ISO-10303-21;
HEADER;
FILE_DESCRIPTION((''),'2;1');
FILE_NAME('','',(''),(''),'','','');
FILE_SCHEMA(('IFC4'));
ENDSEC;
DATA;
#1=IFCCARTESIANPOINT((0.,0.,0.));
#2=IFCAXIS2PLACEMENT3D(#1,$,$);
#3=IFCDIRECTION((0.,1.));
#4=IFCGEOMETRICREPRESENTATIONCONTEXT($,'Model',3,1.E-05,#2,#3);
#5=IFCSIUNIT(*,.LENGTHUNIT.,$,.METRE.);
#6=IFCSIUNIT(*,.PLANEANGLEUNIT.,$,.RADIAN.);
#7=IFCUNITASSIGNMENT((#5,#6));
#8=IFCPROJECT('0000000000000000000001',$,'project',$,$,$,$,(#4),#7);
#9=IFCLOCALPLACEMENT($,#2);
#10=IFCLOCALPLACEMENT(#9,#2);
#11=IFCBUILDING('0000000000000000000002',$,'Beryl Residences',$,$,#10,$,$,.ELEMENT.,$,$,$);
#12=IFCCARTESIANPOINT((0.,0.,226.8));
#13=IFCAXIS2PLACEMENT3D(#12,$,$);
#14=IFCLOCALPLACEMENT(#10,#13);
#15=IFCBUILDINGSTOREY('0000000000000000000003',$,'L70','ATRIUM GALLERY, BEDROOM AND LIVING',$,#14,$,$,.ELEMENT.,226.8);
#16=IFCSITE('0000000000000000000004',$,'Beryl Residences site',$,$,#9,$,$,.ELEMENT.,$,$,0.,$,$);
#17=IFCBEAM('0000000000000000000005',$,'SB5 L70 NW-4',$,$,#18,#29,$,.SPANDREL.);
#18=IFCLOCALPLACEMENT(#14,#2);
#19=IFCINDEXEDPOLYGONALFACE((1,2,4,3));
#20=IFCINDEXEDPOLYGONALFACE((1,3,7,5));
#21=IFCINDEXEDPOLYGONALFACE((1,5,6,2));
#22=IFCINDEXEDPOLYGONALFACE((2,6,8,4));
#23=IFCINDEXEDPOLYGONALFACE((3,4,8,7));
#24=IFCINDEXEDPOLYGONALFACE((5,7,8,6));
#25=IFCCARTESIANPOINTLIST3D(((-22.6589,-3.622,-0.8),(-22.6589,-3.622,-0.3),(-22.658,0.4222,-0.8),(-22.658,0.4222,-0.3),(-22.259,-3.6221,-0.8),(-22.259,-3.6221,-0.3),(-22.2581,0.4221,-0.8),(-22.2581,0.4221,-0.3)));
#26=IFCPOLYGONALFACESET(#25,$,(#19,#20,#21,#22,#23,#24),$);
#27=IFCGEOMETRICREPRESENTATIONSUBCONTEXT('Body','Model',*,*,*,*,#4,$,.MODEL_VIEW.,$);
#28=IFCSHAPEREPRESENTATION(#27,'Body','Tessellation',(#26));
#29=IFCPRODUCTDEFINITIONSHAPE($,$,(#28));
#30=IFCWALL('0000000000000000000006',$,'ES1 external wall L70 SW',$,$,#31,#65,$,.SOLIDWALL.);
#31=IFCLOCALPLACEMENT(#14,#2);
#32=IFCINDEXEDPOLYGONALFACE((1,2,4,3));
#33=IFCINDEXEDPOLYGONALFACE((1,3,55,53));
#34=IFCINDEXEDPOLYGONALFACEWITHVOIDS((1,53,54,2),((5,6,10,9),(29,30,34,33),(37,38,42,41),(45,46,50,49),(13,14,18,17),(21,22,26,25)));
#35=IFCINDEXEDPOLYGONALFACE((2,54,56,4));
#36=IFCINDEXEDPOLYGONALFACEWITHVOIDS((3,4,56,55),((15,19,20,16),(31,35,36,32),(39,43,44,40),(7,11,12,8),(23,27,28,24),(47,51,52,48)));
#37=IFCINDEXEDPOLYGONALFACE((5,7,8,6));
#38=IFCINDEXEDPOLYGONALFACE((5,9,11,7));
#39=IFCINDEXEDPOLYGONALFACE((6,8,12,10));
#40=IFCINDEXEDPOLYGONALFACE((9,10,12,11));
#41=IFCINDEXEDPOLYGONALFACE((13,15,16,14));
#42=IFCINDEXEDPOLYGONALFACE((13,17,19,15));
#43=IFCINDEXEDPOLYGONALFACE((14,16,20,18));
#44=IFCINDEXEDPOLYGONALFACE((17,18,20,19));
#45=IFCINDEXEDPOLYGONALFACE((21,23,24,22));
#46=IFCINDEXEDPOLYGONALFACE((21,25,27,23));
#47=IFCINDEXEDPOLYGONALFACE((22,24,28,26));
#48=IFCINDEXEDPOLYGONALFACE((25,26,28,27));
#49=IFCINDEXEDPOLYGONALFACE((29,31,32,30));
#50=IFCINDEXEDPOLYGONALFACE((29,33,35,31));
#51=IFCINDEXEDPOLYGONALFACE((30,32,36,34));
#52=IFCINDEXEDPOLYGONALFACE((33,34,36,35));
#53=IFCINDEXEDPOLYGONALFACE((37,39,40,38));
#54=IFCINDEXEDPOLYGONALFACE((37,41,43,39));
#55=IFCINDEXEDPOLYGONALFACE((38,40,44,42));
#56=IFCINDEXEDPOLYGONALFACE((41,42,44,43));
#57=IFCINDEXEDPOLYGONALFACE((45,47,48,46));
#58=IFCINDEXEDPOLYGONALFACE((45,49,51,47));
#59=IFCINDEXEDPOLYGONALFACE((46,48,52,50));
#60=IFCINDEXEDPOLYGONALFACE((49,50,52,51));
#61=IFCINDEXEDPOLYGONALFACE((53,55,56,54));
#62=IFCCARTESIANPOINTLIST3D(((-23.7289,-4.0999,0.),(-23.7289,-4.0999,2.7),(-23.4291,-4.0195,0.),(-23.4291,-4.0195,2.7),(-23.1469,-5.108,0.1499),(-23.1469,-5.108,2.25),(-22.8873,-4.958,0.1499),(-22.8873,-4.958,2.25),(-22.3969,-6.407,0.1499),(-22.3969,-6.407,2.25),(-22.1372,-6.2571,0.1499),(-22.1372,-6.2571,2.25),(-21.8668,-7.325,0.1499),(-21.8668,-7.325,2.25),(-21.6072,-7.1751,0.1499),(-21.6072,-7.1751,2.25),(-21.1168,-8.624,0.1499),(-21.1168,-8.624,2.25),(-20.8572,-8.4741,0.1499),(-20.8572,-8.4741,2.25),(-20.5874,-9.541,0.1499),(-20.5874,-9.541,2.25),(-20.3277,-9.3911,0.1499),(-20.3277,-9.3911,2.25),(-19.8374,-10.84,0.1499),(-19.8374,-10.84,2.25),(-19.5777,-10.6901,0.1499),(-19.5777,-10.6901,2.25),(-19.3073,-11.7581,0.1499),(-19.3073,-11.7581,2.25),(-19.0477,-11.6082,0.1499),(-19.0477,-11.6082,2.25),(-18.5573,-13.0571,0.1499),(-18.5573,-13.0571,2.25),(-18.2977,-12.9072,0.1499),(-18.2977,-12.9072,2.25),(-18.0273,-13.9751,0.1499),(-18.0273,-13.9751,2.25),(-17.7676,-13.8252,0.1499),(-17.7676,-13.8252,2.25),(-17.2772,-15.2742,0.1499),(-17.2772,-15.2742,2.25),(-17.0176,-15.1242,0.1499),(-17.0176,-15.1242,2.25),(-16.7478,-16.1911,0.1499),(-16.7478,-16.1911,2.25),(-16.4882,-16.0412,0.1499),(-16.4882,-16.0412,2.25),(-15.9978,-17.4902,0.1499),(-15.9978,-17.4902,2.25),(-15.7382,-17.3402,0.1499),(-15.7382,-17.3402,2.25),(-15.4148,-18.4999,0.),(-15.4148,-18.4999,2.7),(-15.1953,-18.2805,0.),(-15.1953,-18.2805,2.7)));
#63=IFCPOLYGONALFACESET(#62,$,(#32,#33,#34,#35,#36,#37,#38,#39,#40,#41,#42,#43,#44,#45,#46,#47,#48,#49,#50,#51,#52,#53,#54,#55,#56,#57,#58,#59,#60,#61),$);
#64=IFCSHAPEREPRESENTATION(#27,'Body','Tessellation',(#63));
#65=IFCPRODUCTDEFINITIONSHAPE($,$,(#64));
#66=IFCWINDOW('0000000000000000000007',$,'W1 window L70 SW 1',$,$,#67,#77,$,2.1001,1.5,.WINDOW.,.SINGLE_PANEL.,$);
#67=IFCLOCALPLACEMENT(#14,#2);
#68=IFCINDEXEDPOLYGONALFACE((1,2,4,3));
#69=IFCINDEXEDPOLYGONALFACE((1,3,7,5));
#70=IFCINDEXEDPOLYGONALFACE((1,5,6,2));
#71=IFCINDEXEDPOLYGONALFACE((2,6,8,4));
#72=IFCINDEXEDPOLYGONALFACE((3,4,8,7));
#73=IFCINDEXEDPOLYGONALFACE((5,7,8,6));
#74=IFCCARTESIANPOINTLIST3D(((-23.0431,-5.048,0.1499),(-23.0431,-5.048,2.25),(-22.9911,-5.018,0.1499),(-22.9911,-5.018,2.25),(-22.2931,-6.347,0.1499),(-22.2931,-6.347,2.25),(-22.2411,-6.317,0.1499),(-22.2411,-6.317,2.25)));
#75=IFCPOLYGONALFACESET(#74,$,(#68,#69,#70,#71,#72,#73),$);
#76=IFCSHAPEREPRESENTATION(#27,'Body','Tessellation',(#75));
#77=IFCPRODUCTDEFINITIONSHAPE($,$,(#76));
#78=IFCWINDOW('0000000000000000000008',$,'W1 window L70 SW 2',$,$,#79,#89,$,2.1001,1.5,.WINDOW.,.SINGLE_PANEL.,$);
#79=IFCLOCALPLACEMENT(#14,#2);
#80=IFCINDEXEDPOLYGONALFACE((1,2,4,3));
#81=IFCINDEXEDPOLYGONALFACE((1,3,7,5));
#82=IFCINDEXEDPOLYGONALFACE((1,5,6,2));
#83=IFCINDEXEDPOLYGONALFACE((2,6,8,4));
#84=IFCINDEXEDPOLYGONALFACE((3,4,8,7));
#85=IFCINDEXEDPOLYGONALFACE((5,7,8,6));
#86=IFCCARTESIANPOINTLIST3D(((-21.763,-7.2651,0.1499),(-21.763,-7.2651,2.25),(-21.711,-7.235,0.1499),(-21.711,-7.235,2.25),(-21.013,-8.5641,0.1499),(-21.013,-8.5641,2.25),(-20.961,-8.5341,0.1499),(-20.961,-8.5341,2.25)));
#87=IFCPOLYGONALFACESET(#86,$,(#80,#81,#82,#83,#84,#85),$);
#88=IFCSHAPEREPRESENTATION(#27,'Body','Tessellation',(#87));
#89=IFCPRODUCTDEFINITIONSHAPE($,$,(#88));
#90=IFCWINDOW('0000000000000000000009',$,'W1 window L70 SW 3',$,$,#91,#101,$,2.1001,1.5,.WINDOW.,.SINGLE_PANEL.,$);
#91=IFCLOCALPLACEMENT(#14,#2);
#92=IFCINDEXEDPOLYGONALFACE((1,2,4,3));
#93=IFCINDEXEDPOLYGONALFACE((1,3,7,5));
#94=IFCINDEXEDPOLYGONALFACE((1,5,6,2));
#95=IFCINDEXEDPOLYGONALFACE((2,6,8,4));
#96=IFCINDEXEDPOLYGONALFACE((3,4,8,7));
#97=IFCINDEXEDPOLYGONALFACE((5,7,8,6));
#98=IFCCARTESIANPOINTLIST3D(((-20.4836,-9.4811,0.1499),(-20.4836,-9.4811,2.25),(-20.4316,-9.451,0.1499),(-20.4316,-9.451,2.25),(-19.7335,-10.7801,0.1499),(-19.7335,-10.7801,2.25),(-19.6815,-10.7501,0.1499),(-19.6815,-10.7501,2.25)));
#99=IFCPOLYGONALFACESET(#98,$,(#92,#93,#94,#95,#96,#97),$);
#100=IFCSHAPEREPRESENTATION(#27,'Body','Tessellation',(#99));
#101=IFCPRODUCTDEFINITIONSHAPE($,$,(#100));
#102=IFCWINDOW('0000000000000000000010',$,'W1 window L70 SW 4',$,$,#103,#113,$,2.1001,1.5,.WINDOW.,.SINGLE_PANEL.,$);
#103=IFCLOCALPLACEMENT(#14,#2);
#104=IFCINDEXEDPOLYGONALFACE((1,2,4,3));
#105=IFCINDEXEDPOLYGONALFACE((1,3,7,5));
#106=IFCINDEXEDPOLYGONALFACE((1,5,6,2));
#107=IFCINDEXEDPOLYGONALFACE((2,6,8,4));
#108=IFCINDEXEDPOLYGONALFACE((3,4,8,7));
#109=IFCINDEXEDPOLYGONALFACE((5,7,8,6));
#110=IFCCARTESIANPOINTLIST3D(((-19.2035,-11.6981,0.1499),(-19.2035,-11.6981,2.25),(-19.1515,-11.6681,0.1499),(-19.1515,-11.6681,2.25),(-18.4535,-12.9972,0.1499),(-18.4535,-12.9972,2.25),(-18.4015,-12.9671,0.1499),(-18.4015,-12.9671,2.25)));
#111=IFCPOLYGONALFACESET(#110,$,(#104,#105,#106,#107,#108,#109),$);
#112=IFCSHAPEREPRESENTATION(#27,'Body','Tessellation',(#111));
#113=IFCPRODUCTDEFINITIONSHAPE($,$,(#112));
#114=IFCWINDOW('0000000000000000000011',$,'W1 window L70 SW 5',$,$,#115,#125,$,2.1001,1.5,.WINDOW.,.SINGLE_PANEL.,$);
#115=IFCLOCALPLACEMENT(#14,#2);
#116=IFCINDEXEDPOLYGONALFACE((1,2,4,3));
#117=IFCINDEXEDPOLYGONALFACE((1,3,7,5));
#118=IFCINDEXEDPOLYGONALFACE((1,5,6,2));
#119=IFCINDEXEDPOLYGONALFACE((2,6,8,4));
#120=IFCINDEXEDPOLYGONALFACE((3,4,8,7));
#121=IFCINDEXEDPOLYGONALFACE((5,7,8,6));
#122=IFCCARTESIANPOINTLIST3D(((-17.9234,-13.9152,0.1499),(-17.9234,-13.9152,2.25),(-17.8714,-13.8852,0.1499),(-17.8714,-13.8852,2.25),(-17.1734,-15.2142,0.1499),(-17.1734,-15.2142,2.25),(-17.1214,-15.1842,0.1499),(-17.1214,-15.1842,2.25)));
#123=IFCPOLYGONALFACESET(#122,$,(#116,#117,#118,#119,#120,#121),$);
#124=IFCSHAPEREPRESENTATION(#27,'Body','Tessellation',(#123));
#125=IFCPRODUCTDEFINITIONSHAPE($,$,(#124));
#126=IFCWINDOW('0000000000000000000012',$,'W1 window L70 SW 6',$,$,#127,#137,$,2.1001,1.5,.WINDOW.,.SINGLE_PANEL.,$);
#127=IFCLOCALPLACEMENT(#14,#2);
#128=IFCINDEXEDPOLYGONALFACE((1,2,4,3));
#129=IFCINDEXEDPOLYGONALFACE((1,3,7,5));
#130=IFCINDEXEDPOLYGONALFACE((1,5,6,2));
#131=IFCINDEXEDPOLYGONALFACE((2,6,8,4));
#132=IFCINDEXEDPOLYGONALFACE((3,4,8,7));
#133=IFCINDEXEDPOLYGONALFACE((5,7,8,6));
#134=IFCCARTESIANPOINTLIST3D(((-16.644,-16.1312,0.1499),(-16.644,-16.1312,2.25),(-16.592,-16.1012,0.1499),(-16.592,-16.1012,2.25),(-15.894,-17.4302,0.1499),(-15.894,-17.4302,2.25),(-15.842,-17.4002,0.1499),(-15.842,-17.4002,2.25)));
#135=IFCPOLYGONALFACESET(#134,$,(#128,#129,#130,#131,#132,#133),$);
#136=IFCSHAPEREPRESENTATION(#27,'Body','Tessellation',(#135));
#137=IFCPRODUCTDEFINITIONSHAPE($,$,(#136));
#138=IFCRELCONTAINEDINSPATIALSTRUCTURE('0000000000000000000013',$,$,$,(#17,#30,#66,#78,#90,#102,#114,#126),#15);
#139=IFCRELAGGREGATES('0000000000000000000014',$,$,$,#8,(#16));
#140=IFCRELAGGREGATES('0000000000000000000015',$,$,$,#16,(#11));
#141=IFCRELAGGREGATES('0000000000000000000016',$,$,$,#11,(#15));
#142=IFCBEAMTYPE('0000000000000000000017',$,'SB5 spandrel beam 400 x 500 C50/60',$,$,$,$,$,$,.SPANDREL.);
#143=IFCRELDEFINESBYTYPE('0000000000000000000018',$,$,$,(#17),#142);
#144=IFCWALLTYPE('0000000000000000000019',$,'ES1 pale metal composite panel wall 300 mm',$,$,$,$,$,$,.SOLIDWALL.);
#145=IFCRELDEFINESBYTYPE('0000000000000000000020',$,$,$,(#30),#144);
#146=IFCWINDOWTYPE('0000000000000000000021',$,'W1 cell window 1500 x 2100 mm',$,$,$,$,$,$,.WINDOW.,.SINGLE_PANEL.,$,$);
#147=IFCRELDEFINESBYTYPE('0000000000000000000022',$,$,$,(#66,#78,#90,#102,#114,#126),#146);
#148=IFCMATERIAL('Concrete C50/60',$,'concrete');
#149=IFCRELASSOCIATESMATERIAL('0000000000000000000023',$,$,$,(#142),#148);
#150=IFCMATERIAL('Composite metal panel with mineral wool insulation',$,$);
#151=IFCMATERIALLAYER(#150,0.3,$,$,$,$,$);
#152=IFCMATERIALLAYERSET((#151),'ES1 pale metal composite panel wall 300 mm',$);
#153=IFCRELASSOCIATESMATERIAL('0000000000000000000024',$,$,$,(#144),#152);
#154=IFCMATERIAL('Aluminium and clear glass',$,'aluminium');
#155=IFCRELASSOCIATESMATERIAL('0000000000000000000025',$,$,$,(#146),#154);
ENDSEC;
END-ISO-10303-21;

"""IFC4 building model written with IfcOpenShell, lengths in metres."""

from ifc_helpers import new_model, si_unit, direction, frame, frame_2d, origin, origin_2d, place, context, subcontext, project, spatial, polyline, rectangle, outline, extrude, material, layer, layer_set, material_profile, profile_set, type_object, element, fill, save


model = new_model("IFC4")

# Units and contexts
model_context = context("Model", 3, precision=1e-05, world=origin(), true_north=direction((0.0, 1.0)))
body_context = subcontext(model_context, "Body", "Model", "MODEL_VIEW")
ifc_project = project(units=[si_unit("LENGTHUNIT", "METRE"), si_unit("PLANEANGLEUNIT", "RADIAN")], contexts=[model_context])

# Site, building, storey
site_placement = place(None, origin())
site = spatial("IfcSite", under=ifc_project, at=site_placement, Name="Beryl Residences site", CompositionType="ELEMENT", RefElevation=0.0)
building_placement = place(site_placement, origin())
building = spatial("IfcBuilding", under=site, at=building_placement, Name="Beryl Residences", CompositionType="ELEMENT")
storey_placement = place(building_placement, frame((0.0, 0.0, 226.8)))
storey = spatial("IfcBuildingStorey", under=building, at=storey_placement, Name="L70", Description="ATRIUM GALLERY, BEDROOM AND LIVING", CompositionType="ELEMENT", Elevation=226.8)

# Beam
ifc_material_1 = material(Name="Concrete C50/60", Category="concrete")
ifc_material_profile = material_profile(ifc_material_1, rectangle(XDim=0.3999, YDim=0.5, at=origin_2d()))
ifc_profile_set = profile_set([ifc_material_profile], Name="Concrete C50/60")
beam_type = type_object("IfcBeamType", Name="SB5 spandrel beam 400 x 500 C50/60", PredefinedType="SPANDREL", material=ifc_profile_set)
beam_placement = place(storey_placement, frame((-22.458, 0.4221, -0.55), z_axis=(-0.000241, -1.0, 0.0), x_axis=(1.0, -0.000241, 0.0)))
element("IfcBeam", 1, at=beam_placement, inside=storey, type_object=beam_type, Name="SB5 L70 NW-4", PredefinedType="SPANDREL", context=body_context, shape_type="SweptSolid", body=[
    extrude(rectangle(XDim=0.3999, YDim=0.5, at=origin_2d()), origin(), (0.0, 0.0, 1.0), 4.0442),
])

# Wall, openings, windows
ifc_material_2 = material(Name="Composite metal panel with mineral wool insulation")
ifc_layer_1 = layer(ifc_material_2, 0.3)
ifc_layer_set_1 = layer_set([ifc_layer_1], Name="ES1 pale metal composite panel wall 300 mm")
wall_type_1 = type_object("IfcWallType", Name="ES1 pale metal composite panel wall 300 mm", PredefinedType="SOLIDWALL", material=ifc_layer_set_1)
wall_1_placement = place(storey_placement, frame((-23.5991, -4.0249, 0.0), z_axis=(0.0, 0.0, 1.0), x_axis=(0.500013, -0.866018, 0.0)))
wall_1 = element("IfcWall", 2, at=wall_1_placement, inside=storey, type_object=wall_type_1, Name="ES1 external wall L70 SW", PredefinedType="SOLIDWALL", context=body_context, shape_type="SweptSolid", body=[
    extrude(outline(polyline([(0.0, -0.1499), (16.6279, -0.1499), (16.5476, 0.1499), (0.0803, 0.1499), (0.0, -0.1499)])), origin(), (0.0, 0.0, 1.0), 2.7),
])
opening_1_placement = place(wall_1_placement, frame((1.1641, 0.0, 0.1499)))
opening_1 = element("IfcOpeningElement", 3, at=opening_1_placement, cuts=wall_1, PredefinedType="OPENING", context=body_context, shape_type="SweptSolid", body=[
    extrude(rectangle(XDim=1.5, YDim=2.1001, at=frame_2d((0.75, 1.05))), frame((0.0, 0.1599, 0.0), z_axis=(0.0, -1.0, 0.0), x_axis=(1.0, 0.0, 0.0)), (0.0, 0.0, 1.0), 0.3201),
])
opening_2_placement = place(wall_1_placement, frame((3.7241, 0.0, 0.1499)))
opening_2 = element("IfcOpeningElement", 4, at=opening_2_placement, cuts=wall_1, PredefinedType="OPENING", context=body_context, shape_type="SweptSolid", body=[
    extrude(rectangle(XDim=1.5, YDim=2.1001, at=frame_2d((0.75, 1.05))), frame((0.0, 0.1599, 0.0), z_axis=(0.0, -1.0, 0.0), x_axis=(1.0, 0.0, 0.0)), (0.0, 0.0, 1.0), 0.3201),
])
opening_3_placement = place(wall_1_placement, frame((6.283, 0.0, 0.1499)))
opening_3 = element("IfcOpeningElement", 5, at=opening_3_placement, cuts=wall_1, PredefinedType="OPENING", context=body_context, shape_type="SweptSolid", body=[
    extrude(rectangle(XDim=1.5, YDim=2.1001, at=frame_2d((0.75, 1.05))), frame((0.0, 0.1599, 0.0), z_axis=(0.0, -1.0, 0.0), x_axis=(1.0, 0.0, 0.0)), (0.0, 0.0, 1.0), 0.3201),
])
opening_4_placement = place(wall_1_placement, frame((8.843, 0.0, 0.1499)))
opening_4 = element("IfcOpeningElement", 6, at=opening_4_placement, cuts=wall_1, PredefinedType="OPENING", context=body_context, shape_type="SweptSolid", body=[
    extrude(rectangle(XDim=1.5, YDim=2.1001, at=frame_2d((0.75, 1.05))), frame((0.0, 0.1599, 0.0), z_axis=(0.0, -1.0, 0.0), x_axis=(1.0, 0.0, 0.0)), (0.0, 0.0, 1.0), 0.3201),
])
opening_5_placement = place(wall_1_placement, frame((11.4031, 0.0, 0.1499)))
opening_5 = element("IfcOpeningElement", 7, at=opening_5_placement, cuts=wall_1, PredefinedType="OPENING", context=body_context, shape_type="SweptSolid", body=[
    extrude(rectangle(XDim=1.5, YDim=2.1001, at=frame_2d((0.75, 1.05))), frame((0.0, 0.1599, 0.0), z_axis=(0.0, -1.0, 0.0), x_axis=(1.0, 0.0, 0.0)), (0.0, 0.0, 1.0), 0.3201),
])
opening_6_placement = place(wall_1_placement, frame((13.9619, 0.0, 0.1499)))
opening_6 = element("IfcOpeningElement", 8, at=opening_6_placement, cuts=wall_1, PredefinedType="OPENING", context=body_context, shape_type="SweptSolid", body=[
    extrude(rectangle(XDim=1.5, YDim=2.1001, at=frame_2d((0.75, 1.05))), frame((0.0, 0.1599, 0.0), z_axis=(0.0, -1.0, 0.0), x_axis=(1.0, 0.0, 0.0)), (0.0, 0.0, 1.0), 0.3201),
])
ifc_material_3 = material(Name="Aluminium and clear glass", Category="aluminium")
window_type = type_object("IfcWindowType", Name="W1 cell window 1500 x 2100 mm", PartitioningType="SINGLE_PANEL", PredefinedType="WINDOW", material=ifc_material_3)
window_1_placement = place(opening_1_placement, origin())
window_1 = element("IfcWindow", 9, at=window_1_placement, inside=storey, type_object=window_type, Name="W1 window L70 SW 1", OverallHeight=2.1001, OverallWidth=1.5, PartitioningType="SINGLE_PANEL", PredefinedType="WINDOW", context=body_context, shape_type="SweptSolid", body=[
    extrude(rectangle(XDim=1.5, YDim=2.1001, at=frame_2d((0.75, 1.05))), frame((0.0, 0.03, 0.0), z_axis=(0.0, -1.0, 0.0), x_axis=(1.0, 0.0, 0.0)), (0.0, 0.0, 1.0), 0.0601),
])
fill(opening_1, window_1)
window_2_placement = place(opening_2_placement, origin())
window_2 = element("IfcWindow", 10, at=window_2_placement, inside=storey, type_object=window_type, Name="W1 window L70 SW 2", OverallHeight=2.1001, OverallWidth=1.5, PartitioningType="SINGLE_PANEL", PredefinedType="WINDOW", context=body_context, shape_type="SweptSolid", body=[
    extrude(rectangle(XDim=1.5, YDim=2.1001, at=frame_2d((0.75, 1.05))), frame((0.0, 0.03, 0.0), z_axis=(0.0, -1.0, 0.0), x_axis=(1.0, 0.0, 0.0)), (0.0, 0.0, 1.0), 0.0601),
])
fill(opening_2, window_2)
window_3_placement = place(opening_3_placement, origin())
window_3 = element("IfcWindow", 11, at=window_3_placement, inside=storey, type_object=window_type, Name="W1 window L70 SW 3", OverallHeight=2.1001, OverallWidth=1.5, PartitioningType="SINGLE_PANEL", PredefinedType="WINDOW", context=body_context, shape_type="SweptSolid", body=[
    extrude(rectangle(XDim=1.5, YDim=2.1001, at=frame_2d((0.75, 1.05))), frame((0.0, 0.03, 0.0), z_axis=(0.0, -1.0, 0.0), x_axis=(1.0, 0.0, 0.0)), (0.0, 0.0, 1.0), 0.0601),
])
fill(opening_3, window_3)
window_4_placement = place(opening_4_placement, origin())
window_4 = element("IfcWindow", 12, at=window_4_placement, inside=storey, type_object=window_type, Name="W1 window L70 SW 4", OverallHeight=2.1001, OverallWidth=1.5, PartitioningType="SINGLE_PANEL", PredefinedType="WINDOW", context=body_context, shape_type="SweptSolid", body=[
    extrude(rectangle(XDim=1.5, YDim=2.1001, at=frame_2d((0.75, 1.05))), frame((0.0, 0.03, 0.0), z_axis=(0.0, -1.0, 0.0), x_axis=(1.0, 0.0, 0.0)), (0.0, 0.0, 1.0), 0.0601),
])
fill(opening_4, window_4)
window_5_placement = place(opening_5_placement, origin())
window_5 = element("IfcWindow", 13, at=window_5_placement, inside=storey, type_object=window_type, Name="W1 window L70 SW 5", OverallHeight=2.1001, OverallWidth=1.5, PartitioningType="SINGLE_PANEL", PredefinedType="WINDOW", context=body_context, shape_type="SweptSolid", body=[
    extrude(rectangle(XDim=1.5, YDim=2.1001, at=frame_2d((0.75, 1.05))), frame((0.0, 0.03, 0.0), z_axis=(0.0, -1.0, 0.0), x_axis=(1.0, 0.0, 0.0)), (0.0, 0.0, 1.0), 0.0601),
])
fill(opening_5, window_5)
window_6_placement = place(opening_6_placement, origin())
window_6 = element("IfcWindow", 14, at=window_6_placement, inside=storey, type_object=window_type, Name="W1 window L70 SW 6", OverallHeight=2.1001, OverallWidth=1.5, PartitioningType="SINGLE_PANEL", PredefinedType="WINDOW", context=body_context, shape_type="SweptSolid", body=[
    extrude(rectangle(XDim=1.5, YDim=2.1001, at=frame_2d((0.75, 1.05))), frame((0.0, 0.03, 0.0), z_axis=(0.0, -1.0, 0.0), x_axis=(1.0, 0.0, 0.0)), (0.0, 0.0, 1.0), 0.0601),
])
fill(opening_6, window_6)

save(model, "model.ifc")
